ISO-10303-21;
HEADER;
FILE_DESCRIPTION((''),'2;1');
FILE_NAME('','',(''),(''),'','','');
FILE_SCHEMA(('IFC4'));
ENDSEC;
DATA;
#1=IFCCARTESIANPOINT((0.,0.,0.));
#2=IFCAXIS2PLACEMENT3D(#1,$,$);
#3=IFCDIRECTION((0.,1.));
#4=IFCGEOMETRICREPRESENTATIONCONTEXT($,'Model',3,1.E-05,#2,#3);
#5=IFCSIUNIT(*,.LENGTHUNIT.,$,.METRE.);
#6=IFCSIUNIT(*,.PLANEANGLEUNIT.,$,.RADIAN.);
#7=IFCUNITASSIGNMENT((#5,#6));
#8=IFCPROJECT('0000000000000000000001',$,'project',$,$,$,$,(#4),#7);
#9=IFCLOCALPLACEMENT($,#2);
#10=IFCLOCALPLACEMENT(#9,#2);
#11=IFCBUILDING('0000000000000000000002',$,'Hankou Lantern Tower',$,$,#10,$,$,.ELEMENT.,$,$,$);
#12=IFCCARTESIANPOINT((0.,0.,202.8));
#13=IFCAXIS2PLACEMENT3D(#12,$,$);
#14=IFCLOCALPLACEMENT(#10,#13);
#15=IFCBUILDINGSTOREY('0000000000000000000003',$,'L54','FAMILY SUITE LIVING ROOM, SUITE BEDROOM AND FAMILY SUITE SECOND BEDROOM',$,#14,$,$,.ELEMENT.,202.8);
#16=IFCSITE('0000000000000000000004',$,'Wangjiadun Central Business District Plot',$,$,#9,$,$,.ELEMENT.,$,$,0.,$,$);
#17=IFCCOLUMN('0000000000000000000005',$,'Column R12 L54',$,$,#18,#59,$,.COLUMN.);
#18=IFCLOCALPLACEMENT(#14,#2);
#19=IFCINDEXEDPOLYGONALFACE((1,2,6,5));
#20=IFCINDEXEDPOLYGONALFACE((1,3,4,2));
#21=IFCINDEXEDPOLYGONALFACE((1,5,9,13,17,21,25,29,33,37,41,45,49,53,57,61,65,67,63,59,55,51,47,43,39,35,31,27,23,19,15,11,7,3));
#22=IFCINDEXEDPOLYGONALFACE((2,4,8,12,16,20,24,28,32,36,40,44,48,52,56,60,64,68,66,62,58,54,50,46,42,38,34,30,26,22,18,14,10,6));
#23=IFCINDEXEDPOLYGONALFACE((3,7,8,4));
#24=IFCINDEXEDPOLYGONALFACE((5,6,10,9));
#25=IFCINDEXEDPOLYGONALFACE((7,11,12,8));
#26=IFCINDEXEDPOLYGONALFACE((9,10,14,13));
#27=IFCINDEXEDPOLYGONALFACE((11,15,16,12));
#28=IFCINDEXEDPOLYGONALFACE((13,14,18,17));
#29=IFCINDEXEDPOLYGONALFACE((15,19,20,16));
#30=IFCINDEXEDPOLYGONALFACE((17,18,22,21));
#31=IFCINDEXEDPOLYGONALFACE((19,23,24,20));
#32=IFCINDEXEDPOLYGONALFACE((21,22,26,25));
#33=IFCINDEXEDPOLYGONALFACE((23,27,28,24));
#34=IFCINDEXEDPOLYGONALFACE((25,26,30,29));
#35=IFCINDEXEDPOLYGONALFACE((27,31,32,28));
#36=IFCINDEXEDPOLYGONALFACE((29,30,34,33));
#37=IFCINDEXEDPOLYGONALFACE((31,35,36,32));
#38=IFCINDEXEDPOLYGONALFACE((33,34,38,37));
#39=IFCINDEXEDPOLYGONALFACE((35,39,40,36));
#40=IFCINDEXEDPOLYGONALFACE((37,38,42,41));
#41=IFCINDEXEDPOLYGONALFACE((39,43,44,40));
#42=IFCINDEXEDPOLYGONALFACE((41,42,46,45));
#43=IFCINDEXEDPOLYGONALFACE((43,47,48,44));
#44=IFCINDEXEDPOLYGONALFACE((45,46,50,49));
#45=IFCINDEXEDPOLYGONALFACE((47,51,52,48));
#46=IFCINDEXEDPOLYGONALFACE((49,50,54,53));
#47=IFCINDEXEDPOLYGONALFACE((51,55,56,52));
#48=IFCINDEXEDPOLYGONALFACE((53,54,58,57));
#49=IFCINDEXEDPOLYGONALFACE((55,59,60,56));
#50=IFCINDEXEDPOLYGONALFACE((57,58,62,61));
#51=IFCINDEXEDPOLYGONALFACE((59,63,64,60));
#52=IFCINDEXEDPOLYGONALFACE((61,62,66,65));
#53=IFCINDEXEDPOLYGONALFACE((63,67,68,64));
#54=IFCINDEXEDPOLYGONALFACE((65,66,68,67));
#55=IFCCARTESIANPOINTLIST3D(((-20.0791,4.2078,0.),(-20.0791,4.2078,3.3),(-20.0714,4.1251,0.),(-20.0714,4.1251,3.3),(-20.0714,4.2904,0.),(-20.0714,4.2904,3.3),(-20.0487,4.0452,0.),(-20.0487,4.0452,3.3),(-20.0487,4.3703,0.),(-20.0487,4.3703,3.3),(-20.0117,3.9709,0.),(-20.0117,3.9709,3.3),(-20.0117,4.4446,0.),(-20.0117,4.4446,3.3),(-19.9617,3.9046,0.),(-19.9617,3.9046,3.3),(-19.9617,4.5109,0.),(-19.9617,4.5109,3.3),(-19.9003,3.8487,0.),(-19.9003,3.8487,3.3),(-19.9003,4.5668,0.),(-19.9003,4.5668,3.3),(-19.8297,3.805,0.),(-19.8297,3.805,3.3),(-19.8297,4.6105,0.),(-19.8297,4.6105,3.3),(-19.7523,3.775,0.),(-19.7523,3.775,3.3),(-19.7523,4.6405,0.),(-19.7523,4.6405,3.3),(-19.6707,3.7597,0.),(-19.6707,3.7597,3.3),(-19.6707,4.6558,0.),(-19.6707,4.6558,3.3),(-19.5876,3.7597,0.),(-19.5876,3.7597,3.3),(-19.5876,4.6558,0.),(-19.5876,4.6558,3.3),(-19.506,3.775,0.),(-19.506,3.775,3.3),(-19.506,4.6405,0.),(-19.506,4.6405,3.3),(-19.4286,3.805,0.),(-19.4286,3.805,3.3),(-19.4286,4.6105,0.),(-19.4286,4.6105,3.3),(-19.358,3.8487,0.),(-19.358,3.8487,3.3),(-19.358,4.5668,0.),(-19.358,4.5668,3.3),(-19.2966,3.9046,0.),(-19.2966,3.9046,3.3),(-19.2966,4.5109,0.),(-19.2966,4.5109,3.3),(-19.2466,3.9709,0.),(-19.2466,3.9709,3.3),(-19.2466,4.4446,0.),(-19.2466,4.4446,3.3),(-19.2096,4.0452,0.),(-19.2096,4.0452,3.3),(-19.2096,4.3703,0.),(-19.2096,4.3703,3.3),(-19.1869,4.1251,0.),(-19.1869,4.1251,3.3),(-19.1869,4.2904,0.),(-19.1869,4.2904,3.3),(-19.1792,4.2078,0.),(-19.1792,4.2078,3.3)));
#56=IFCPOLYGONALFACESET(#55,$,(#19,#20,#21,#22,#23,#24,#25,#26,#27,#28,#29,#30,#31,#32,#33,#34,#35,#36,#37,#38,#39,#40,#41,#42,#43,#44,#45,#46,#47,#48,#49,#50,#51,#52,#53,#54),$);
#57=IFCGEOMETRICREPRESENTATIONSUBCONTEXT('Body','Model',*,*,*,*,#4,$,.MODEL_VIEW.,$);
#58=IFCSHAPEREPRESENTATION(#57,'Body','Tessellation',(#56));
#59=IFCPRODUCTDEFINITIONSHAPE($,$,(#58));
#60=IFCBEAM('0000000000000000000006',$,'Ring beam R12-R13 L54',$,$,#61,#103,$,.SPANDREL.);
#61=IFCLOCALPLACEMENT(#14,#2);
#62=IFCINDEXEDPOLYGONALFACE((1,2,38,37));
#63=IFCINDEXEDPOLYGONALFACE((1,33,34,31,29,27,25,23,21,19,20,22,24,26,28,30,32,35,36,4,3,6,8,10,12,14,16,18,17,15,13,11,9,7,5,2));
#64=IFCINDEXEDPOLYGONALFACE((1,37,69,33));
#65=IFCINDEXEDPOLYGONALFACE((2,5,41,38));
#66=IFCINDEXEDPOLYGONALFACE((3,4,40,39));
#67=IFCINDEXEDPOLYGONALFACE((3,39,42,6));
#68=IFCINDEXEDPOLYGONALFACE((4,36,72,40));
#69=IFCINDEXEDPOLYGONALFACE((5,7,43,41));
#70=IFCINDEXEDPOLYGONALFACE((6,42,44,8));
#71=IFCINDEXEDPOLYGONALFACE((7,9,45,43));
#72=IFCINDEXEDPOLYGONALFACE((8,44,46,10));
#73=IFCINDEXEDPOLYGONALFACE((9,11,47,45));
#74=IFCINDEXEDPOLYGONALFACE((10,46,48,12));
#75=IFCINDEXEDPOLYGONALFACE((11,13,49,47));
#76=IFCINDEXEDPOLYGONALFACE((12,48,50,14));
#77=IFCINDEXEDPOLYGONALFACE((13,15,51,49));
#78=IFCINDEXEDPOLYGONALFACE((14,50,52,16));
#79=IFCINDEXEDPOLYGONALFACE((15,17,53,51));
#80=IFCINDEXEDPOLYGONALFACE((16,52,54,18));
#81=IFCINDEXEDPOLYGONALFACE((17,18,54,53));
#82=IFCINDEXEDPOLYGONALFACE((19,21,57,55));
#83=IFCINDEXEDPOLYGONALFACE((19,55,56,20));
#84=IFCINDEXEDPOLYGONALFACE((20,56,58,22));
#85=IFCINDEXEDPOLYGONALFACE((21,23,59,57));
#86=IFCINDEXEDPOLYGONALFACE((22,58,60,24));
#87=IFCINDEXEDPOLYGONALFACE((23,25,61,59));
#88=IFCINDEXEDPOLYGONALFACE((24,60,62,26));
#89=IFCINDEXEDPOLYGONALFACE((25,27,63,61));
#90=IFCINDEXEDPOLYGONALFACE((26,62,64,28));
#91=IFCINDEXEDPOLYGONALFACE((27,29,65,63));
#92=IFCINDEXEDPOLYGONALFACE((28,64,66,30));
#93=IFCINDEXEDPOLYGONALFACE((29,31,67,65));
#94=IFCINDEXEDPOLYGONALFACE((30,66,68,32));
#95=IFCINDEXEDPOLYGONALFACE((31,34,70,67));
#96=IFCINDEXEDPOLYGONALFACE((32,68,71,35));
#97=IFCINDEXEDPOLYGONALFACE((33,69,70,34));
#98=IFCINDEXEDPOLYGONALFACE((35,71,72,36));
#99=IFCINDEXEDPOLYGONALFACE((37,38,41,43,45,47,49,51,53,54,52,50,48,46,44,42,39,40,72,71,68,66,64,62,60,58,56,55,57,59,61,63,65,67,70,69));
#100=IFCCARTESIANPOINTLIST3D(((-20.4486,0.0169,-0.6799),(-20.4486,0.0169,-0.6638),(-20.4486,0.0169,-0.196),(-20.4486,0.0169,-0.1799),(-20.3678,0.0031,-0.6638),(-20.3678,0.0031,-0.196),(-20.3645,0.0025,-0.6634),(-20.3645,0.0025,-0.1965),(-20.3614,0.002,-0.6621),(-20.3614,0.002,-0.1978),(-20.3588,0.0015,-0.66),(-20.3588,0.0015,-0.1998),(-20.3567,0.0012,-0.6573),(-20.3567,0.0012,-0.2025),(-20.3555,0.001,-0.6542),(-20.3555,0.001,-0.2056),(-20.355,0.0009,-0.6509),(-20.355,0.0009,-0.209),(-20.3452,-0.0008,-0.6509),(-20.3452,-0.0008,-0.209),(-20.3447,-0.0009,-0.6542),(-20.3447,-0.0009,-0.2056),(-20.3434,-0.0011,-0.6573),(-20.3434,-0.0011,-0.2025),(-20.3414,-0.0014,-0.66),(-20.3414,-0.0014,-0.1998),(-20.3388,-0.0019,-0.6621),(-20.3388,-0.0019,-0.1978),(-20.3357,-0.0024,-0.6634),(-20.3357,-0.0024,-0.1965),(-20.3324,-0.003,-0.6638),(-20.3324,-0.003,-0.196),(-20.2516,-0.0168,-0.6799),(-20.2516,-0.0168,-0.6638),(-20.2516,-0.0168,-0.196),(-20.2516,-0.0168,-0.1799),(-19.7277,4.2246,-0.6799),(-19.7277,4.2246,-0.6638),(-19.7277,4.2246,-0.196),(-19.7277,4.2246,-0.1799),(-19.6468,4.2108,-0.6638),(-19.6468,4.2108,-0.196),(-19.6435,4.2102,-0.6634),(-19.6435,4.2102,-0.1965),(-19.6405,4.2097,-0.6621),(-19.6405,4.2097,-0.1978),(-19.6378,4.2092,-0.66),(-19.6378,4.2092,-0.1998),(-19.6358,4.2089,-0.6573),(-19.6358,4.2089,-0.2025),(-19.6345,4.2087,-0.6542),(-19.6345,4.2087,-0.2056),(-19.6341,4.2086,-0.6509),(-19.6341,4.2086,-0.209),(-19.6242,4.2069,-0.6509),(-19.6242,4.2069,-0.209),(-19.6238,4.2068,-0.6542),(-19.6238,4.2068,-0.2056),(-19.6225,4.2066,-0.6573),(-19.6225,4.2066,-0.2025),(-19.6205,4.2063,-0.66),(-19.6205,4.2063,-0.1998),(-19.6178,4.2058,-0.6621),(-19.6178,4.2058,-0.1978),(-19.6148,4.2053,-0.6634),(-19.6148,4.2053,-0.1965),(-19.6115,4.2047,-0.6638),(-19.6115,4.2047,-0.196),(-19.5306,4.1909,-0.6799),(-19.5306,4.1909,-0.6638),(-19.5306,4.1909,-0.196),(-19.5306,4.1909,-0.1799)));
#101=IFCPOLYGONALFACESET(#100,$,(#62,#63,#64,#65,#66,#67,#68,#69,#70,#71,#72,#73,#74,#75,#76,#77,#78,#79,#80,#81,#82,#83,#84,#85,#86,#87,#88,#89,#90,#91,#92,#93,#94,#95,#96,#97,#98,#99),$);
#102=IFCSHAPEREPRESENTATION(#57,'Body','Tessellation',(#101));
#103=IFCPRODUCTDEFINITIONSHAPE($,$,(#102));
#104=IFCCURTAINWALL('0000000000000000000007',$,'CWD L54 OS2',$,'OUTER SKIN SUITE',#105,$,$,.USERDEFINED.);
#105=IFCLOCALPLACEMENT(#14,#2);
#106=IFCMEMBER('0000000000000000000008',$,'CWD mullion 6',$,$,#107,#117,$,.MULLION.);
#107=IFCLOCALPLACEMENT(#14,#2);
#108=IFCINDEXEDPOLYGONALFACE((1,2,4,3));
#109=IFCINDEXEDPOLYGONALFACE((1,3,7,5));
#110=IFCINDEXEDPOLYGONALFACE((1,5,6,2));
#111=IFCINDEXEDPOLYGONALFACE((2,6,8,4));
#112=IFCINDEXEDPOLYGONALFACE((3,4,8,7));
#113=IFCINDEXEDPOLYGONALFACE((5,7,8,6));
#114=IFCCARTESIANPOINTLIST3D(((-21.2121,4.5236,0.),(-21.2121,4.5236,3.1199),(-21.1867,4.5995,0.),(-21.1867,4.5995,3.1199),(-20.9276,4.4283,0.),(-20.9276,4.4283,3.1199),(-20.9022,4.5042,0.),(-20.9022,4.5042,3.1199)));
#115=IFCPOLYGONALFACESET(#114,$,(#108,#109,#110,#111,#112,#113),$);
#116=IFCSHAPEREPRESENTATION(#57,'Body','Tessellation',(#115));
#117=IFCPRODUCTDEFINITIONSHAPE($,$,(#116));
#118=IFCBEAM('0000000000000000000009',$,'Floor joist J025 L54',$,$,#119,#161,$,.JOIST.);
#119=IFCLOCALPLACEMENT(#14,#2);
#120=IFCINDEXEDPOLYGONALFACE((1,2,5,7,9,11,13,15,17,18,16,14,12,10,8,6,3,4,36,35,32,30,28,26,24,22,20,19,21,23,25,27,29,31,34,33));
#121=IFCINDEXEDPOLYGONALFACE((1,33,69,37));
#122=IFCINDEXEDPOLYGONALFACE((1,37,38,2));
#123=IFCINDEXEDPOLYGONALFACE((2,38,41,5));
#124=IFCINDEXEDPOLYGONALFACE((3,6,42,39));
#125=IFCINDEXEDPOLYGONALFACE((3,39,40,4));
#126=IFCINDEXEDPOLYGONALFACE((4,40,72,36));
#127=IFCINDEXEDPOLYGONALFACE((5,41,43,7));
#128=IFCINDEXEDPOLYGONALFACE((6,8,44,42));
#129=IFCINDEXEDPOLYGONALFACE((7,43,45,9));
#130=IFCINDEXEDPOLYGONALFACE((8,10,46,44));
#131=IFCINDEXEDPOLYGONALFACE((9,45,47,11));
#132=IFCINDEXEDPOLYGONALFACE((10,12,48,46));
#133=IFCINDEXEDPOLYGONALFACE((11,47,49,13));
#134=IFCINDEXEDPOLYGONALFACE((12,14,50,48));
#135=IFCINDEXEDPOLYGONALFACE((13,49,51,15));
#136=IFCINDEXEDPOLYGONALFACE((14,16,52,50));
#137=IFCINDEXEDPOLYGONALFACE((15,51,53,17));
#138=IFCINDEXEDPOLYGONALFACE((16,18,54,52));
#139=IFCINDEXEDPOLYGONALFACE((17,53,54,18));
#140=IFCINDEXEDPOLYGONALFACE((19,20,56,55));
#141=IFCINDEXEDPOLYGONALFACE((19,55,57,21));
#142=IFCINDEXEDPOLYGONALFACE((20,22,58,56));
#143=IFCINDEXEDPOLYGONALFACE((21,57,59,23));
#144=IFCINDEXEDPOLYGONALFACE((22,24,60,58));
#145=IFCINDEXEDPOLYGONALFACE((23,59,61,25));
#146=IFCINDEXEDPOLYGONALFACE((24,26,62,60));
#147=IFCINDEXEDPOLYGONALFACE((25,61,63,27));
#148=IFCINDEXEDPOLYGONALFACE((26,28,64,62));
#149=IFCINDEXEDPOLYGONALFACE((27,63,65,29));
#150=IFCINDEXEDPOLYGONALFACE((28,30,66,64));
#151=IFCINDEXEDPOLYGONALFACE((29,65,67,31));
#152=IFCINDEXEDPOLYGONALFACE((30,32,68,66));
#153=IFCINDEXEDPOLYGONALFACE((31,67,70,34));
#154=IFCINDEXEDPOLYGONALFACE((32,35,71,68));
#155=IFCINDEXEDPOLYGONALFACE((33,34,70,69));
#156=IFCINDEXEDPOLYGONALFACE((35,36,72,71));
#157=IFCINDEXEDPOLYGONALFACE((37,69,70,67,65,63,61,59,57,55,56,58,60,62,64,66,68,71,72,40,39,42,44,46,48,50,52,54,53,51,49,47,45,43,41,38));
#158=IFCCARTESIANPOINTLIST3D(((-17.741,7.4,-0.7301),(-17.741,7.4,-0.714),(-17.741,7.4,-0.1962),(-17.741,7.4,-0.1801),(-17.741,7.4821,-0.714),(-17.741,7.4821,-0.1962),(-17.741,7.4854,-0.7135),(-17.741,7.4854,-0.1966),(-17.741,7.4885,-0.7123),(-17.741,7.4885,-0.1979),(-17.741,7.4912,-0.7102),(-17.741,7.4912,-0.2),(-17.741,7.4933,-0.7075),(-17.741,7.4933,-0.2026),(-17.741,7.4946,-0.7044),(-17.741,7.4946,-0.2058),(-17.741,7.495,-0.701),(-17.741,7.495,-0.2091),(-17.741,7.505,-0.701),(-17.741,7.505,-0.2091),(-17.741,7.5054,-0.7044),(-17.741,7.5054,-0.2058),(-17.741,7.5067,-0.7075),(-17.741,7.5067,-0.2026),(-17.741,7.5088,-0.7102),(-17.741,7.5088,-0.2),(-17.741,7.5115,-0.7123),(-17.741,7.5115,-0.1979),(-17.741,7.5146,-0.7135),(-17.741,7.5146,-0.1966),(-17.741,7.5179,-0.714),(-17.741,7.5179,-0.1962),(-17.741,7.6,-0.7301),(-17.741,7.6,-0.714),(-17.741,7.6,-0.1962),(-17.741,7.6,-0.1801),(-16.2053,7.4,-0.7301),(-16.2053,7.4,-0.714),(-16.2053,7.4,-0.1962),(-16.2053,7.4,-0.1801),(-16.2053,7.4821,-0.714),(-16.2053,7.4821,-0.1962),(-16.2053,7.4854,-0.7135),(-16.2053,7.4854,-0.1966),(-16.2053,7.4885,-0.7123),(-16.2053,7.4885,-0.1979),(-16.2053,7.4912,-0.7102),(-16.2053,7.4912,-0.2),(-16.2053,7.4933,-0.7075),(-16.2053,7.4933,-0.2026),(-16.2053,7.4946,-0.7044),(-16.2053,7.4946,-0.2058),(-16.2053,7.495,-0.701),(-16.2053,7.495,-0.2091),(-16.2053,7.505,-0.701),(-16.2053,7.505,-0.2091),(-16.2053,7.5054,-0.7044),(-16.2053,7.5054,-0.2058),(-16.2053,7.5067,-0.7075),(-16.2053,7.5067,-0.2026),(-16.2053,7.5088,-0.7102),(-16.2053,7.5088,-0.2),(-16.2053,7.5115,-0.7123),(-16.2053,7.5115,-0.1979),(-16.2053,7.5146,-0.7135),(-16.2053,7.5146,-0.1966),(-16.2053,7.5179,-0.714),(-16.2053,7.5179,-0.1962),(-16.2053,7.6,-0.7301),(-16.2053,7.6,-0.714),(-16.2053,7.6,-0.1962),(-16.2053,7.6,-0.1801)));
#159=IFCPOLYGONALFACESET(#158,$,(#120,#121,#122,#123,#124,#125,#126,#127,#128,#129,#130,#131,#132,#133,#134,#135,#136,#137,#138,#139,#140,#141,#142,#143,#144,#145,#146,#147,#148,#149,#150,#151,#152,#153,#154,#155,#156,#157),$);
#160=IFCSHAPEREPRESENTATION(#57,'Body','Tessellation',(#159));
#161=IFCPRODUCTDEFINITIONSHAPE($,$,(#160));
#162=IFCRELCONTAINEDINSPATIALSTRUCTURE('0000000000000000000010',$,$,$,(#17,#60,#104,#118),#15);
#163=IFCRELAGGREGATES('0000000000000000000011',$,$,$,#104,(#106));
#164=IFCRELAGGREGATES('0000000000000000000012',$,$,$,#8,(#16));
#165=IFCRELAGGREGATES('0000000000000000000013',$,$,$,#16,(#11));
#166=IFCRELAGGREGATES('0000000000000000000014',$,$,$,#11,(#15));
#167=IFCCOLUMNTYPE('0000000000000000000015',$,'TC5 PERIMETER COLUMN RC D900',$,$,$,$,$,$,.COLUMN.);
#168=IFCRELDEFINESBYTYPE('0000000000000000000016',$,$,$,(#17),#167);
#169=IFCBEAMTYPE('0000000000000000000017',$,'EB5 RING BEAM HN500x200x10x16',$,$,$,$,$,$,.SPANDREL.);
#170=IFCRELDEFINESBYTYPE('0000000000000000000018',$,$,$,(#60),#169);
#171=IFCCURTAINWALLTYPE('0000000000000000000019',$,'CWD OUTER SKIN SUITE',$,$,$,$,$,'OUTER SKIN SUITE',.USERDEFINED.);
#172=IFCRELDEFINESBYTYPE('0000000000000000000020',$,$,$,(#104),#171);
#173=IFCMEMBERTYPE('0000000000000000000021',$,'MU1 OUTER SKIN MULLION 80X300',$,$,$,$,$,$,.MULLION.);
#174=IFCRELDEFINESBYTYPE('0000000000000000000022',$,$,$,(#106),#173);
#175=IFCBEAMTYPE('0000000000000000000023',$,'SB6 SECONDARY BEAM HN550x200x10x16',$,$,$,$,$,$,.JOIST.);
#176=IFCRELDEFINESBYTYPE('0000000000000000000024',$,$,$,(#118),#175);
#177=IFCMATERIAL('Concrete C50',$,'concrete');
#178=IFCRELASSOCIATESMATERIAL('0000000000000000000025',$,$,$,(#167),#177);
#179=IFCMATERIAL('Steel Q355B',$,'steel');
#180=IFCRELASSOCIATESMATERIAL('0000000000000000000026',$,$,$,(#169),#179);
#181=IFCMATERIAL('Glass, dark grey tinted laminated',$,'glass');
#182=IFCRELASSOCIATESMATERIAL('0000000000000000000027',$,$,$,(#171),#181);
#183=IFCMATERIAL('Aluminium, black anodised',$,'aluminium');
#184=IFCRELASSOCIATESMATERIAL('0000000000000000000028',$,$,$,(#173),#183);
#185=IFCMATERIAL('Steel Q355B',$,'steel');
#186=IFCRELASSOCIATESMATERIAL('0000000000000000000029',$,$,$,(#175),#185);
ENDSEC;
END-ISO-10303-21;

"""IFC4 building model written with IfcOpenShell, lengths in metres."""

from ifc_helpers import new_model, si_unit, direction, frame, origin, origin_2d, place, context, subcontext, project, spatial, rectangle, circle, i_section, extrude, material, material_profile, profile_set, type_object, element, aggregate, save


model = new_model("IFC4")

# Units and contexts
model_context = context("Model", 3, precision=1e-05, world=origin(), true_north=direction((0.0, 1.0)))
body_context = subcontext(model_context, "Body", "Model", "MODEL_VIEW")
ifc_project = project(units=[si_unit("LENGTHUNIT", "METRE"), si_unit("PLANEANGLEUNIT", "RADIAN")], contexts=[model_context])

# Site, building, storey
site_placement = place(None, origin())
site = spatial("IfcSite", under=ifc_project, at=site_placement, Name="Wangjiadun Central Business District Plot", CompositionType="ELEMENT", RefElevation=0.0)
building_placement = place(site_placement, origin())
building = spatial("IfcBuilding", under=site, at=building_placement, Name="Hankou Lantern Tower", CompositionType="ELEMENT")
storey_placement = place(building_placement, frame((0.0, 0.0, 202.8)))
storey = spatial("IfcBuildingStorey", under=building, at=storey_placement, Name="L54", Description="FAMILY SUITE LIVING ROOM, SUITE BEDROOM AND FAMILY SUITE SECOND BEDROOM", CompositionType="ELEMENT", Elevation=202.8)

# Column
ifc_material_1 = material(Name="Concrete C50", Category="concrete")
ifc_material_profile_1 = material_profile(ifc_material_1, circle(Radius=0.45, at=origin_2d()), Name="RC D900")
ifc_profile_set_1 = profile_set([ifc_material_profile_1], Name="Concrete C50")
column_type = type_object("IfcColumnType", Name="TC5 PERIMETER COLUMN RC D900", PredefinedType="COLUMN", material=ifc_profile_set_1)
column_placement = place(storey_placement, frame((-19.6292, 4.2078, 0.0), z_axis=(0.0, 0.0, 1.0), x_axis=(1.0, 0.0, 0.0)))
element("IfcColumn", 1, at=column_placement, inside=storey, type_object=column_type, Name="Column R12 L54", PredefinedType="COLUMN", context=body_context, shape_type="SweptSolid", body=[
    extrude(circle(Radius=0.45, at=origin_2d()), origin(), (0.0, 0.0, 1.0), 3.3),
])

# Beam
ifc_material_2 = material(Name="Steel Q355B", Category="steel")
ifc_material_profile_2 = material_profile(ifc_material_2, i_section(OverallWidth=0.2, OverallDepth=0.5, WebThickness=0.01, FlangeThickness=0.0161, FilletRadius=0.0129, at=origin_2d()), Name="HN500x200x10x16")
ifc_profile_set_2 = profile_set([ifc_material_profile_2], Name="Steel Q355B")
beam_type_1 = type_object("IfcBeamType", Name="EB5 RING BEAM HN500x200x10x16", PredefinedType="SPANDREL", material=ifc_profile_set_2)
beam_1_placement = place(storey_placement, frame((-19.6292, 4.2078, -0.4299), z_axis=(-0.168877, -0.985637, 0.0), x_axis=(0.985637, -0.168877, 0.0)))
element("IfcBeam", 2, at=beam_1_placement, inside=storey, type_object=beam_type_1, Name="Ring beam R12-R13 L54", PredefinedType="SPANDREL", context=body_context, shape_type="SweptSolid", body=[
    extrude(i_section(OverallWidth=0.2, OverallDepth=0.5, WebThickness=0.01, FlangeThickness=0.0161, FilletRadius=0.0129, at=origin_2d()), origin(), (0.0, 0.0, 1.0), 4.269),
])

# Curtain wall, member
ifc_material_3 = material(Name="Glass, dark grey tinted laminated", Category="glass")
curtain_wall_type = type_object("IfcCurtainWallType", Name="CWD OUTER SKIN SUITE", ElementType="OUTER SKIN SUITE", PredefinedType="USERDEFINED", material=ifc_material_3)
curtain_wall_placement = place(storey_placement, origin())
curtain_wall = element("IfcCurtainWall", 3, at=curtain_wall_placement, inside=storey, type_object=curtain_wall_type, Name="CWD L54 OS2", ObjectType="OUTER SKIN SUITE", PredefinedType="USERDEFINED")
ifc_material_4 = material(Name="Aluminium, black anodised", Category="aluminium")
ifc_material_profile_3 = material_profile(ifc_material_4, rectangle(XDim=0.0801, YDim=0.3, at=origin_2d()), Name="MU1 80X300")
ifc_profile_set_3 = profile_set([ifc_material_profile_3], Name="Aluminium, black anodised")
member_type_1 = type_object("IfcMemberType", Name="MU1 OUTER SKIN MULLION 80X300", PredefinedType="MULLION", material=ifc_profile_set_3)
member_1_placement = place(storey_placement, frame((-21.0571, 4.5139, 0.0), z_axis=(0.0, 0.0, 1.0), x_axis=(-0.317596, -0.948226, 0.0)))
member_1 = element("IfcMember", 4, at=member_1_placement, type_object=member_type_1, Name="CWD mullion 6", PredefinedType="MULLION", context=body_context, shape_type="SweptSolid", body=[
    extrude(rectangle(XDim=0.0801, YDim=0.3, at=origin_2d()), origin(), (0.0, 0.0, 1.0), 3.1199),
])

# Beam
ifc_material_5 = material(Name="Steel Q355B", Category="steel")
ifc_material_profile_4 = material_profile(ifc_material_5, i_section(OverallWidth=0.2, OverallDepth=0.55, WebThickness=0.01, FlangeThickness=0.0161, FilletRadius=0.0129, at=origin_2d()), Name="HN550x200x10x16")
ifc_profile_set_4 = profile_set([ifc_material_profile_4], Name="Steel Q355B")
beam_type_2 = type_object("IfcBeamType", Name="SB6 SECONDARY BEAM HN550x200x10x16", PredefinedType="JOIST", material=ifc_profile_set_4)
beam_2_placement = place(storey_placement, frame((-17.741, 7.5, -0.4551), z_axis=(1.0, 0.0, 0.0), x_axis=(0.0, 1.0, 0.0)))
element("IfcBeam", 5, at=beam_2_placement, inside=storey, type_object=beam_type_2, Name="Floor joist J025 L54", PredefinedType="JOIST", context=body_context, shape_type="SweptSolid", body=[
    extrude(i_section(OverallWidth=0.2, OverallDepth=0.55, WebThickness=0.01, FlangeThickness=0.0161, FilletRadius=0.0129, at=origin_2d()), origin(), (0.0, 0.0, 1.0), 1.5356),
])

aggregate(curtain_wall, [member_1])

save(model, "model.ifc")
